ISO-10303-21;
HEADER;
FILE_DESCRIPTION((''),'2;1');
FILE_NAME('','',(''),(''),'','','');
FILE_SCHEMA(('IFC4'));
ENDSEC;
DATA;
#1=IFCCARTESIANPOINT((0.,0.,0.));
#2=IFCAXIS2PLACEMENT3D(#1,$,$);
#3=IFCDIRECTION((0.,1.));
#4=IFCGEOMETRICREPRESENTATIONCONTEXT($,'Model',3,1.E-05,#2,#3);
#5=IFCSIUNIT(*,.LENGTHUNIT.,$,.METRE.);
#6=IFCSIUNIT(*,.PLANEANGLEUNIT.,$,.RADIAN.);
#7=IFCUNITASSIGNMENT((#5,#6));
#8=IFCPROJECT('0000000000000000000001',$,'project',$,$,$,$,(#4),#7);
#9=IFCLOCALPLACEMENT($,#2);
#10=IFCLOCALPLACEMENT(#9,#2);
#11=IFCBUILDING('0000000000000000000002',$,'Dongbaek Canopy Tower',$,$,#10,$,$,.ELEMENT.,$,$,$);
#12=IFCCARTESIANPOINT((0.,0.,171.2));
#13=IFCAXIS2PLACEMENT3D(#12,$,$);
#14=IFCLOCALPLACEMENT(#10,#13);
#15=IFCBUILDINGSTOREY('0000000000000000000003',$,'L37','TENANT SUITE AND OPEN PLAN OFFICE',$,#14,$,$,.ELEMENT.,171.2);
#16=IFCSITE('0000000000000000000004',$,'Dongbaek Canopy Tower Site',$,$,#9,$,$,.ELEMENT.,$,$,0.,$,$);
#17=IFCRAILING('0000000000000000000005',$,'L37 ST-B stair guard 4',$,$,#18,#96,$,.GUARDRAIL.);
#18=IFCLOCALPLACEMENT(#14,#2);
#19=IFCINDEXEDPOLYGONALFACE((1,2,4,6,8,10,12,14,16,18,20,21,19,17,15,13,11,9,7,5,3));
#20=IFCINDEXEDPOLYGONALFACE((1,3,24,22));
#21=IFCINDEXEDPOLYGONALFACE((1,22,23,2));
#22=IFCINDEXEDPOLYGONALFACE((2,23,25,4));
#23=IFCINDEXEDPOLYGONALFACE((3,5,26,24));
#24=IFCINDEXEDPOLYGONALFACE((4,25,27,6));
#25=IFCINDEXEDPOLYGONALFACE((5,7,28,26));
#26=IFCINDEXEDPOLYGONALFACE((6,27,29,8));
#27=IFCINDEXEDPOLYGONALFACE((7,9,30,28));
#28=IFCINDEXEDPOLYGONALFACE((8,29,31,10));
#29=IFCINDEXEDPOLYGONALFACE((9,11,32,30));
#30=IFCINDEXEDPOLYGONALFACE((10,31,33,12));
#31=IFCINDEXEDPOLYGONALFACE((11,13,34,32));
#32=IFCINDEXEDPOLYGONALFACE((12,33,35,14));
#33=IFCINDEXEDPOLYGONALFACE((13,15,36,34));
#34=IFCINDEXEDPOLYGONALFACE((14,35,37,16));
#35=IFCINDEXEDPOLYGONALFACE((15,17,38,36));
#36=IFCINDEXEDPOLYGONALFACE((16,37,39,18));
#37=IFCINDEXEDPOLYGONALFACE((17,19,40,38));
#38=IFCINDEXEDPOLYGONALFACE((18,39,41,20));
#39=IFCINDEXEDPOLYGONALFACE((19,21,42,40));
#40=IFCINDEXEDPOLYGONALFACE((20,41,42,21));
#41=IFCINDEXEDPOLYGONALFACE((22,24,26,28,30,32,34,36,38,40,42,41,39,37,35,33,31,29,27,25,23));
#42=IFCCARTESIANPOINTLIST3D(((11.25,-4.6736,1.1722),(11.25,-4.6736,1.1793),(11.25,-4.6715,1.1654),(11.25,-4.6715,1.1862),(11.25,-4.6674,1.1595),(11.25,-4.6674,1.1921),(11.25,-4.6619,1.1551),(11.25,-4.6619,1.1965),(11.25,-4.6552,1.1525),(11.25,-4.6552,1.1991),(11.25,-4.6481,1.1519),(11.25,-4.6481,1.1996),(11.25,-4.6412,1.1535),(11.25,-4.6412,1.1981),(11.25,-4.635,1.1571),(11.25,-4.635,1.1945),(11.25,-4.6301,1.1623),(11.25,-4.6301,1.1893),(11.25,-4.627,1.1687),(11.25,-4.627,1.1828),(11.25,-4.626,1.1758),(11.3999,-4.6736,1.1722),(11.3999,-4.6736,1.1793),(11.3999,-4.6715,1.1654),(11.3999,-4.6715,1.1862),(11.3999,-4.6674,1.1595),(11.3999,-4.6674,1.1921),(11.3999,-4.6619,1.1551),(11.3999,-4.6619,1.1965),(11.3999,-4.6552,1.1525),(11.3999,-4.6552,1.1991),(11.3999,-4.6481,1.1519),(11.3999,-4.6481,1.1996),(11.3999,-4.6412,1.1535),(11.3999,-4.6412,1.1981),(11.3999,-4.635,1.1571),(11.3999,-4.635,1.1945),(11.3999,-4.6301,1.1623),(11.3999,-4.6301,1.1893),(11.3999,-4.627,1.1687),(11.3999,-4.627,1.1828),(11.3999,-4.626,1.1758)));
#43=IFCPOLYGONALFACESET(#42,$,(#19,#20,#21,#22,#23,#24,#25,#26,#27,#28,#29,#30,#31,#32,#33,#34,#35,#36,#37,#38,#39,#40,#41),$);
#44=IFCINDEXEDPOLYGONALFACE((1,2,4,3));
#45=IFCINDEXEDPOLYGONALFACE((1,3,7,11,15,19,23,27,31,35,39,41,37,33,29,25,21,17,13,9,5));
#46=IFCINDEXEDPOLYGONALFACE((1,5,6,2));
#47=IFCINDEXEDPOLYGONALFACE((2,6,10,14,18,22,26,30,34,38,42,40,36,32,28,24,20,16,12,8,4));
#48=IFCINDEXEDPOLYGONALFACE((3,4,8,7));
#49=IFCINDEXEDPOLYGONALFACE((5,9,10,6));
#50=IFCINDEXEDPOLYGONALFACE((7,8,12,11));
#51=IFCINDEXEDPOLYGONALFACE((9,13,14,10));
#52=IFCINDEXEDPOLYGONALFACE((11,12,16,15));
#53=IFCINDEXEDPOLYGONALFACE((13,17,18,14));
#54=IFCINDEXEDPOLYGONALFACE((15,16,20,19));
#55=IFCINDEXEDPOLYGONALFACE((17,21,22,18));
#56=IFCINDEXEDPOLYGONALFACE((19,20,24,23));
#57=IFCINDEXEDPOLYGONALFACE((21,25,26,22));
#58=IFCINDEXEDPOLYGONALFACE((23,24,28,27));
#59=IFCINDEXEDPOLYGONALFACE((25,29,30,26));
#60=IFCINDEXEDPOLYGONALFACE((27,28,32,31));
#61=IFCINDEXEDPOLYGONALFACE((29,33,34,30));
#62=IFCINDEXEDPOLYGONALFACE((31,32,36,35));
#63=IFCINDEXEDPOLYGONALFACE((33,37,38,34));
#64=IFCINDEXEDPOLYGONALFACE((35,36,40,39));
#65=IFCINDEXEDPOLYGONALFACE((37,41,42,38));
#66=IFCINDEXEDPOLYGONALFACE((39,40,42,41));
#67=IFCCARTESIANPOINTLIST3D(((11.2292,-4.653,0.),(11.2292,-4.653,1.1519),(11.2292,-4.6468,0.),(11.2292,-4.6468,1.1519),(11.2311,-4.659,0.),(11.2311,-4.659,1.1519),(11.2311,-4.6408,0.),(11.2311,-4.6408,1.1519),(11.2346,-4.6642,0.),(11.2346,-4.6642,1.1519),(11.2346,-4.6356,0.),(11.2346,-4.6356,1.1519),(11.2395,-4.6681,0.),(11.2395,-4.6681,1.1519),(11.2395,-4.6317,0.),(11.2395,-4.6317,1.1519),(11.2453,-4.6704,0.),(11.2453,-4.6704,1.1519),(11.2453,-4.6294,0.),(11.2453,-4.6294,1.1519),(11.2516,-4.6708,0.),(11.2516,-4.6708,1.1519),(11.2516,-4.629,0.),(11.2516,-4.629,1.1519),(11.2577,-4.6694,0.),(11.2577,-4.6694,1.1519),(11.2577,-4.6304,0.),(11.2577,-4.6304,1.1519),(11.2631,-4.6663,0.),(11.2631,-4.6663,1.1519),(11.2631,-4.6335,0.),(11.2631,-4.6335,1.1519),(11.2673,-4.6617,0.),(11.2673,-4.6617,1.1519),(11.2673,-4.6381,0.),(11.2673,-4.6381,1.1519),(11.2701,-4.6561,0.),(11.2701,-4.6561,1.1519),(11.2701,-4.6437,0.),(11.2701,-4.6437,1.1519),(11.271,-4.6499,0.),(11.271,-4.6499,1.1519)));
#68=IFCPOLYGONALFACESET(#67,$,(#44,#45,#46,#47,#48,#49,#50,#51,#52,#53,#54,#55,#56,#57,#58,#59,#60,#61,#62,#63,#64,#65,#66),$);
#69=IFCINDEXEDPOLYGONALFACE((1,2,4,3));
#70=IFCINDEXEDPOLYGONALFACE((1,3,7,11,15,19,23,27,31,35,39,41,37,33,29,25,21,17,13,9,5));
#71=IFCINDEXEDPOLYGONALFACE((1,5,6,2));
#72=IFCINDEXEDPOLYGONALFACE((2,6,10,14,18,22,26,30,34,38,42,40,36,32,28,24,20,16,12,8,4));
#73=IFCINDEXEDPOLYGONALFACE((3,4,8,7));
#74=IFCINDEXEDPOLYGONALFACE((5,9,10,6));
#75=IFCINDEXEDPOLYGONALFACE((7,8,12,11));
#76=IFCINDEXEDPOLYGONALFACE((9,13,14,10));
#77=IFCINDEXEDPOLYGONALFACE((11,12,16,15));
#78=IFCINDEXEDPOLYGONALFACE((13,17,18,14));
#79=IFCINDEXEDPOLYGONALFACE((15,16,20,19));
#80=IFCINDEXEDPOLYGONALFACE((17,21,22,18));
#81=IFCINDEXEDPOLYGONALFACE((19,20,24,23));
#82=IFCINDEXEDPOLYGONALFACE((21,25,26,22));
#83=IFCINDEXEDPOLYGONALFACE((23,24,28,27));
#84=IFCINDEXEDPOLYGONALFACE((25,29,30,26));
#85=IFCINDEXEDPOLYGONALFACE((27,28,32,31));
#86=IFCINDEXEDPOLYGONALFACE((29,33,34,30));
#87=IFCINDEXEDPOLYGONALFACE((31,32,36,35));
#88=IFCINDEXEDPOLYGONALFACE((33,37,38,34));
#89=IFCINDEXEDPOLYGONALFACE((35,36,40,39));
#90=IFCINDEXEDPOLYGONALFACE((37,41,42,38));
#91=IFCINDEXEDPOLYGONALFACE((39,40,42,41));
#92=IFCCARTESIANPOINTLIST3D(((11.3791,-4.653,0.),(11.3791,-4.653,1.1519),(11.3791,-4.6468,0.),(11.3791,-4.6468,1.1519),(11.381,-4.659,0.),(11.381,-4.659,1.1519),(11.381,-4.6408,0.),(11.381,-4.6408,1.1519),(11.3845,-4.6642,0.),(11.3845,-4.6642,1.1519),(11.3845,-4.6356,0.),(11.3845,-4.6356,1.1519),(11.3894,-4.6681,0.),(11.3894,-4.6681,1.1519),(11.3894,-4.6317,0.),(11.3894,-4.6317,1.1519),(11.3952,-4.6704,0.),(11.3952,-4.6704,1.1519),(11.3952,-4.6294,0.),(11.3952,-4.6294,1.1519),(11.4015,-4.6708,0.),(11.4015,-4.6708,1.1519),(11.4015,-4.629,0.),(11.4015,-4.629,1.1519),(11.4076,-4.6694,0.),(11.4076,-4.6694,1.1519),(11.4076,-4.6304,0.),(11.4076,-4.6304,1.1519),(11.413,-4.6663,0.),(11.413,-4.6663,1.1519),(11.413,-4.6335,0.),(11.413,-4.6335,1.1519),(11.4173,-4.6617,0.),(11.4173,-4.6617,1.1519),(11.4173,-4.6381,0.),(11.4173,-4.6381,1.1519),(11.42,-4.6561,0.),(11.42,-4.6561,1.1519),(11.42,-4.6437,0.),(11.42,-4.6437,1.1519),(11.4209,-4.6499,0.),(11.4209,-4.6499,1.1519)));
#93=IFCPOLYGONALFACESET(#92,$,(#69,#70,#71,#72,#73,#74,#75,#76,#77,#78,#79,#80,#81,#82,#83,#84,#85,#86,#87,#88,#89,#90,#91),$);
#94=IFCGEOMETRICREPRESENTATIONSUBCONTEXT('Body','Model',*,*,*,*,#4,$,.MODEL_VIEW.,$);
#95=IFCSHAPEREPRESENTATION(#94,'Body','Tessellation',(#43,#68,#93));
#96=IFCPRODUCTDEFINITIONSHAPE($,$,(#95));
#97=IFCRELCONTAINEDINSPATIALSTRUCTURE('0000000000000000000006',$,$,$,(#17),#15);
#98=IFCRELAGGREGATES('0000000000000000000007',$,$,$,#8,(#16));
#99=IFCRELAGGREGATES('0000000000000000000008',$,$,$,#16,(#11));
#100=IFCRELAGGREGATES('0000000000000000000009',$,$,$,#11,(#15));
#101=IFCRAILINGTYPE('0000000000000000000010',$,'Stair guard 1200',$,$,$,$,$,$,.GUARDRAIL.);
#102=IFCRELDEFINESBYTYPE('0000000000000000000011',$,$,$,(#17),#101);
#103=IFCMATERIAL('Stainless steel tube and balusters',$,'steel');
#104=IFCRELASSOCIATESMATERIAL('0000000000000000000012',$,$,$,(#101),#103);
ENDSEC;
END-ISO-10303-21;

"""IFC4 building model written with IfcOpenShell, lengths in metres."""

from ifc_helpers import new_model, si_unit, direction, frame, origin, origin_2d, place, context, subcontext, project, spatial, circle, extrude, material, type_object, element, save


model = new_model("IFC4")

# Units and contexts
model_context = context("Model", 3, precision=1e-05, world=origin(), true_north=direction((0.0, 1.0)))
body_context = subcontext(model_context, "Body", "Model", "MODEL_VIEW")
ifc_project = project(units=[si_unit("LENGTHUNIT", "METRE"), si_unit("PLANEANGLEUNIT", "RADIAN")], contexts=[model_context])

# Site, building, storey
site_placement = place(None, origin())
site = spatial("IfcSite", under=ifc_project, at=site_placement, Name="Dongbaek Canopy Tower Site", CompositionType="ELEMENT", RefElevation=0.0)
building_placement = place(site_placement, origin())
building = spatial("IfcBuilding", under=site, at=building_placement, Name="Dongbaek Canopy Tower", CompositionType="ELEMENT")
storey_placement = place(building_placement, frame((0.0, 0.0, 171.2)))
storey = spatial("IfcBuildingStorey", under=building, at=storey_placement, Name="L37", Description="TENANT SUITE AND OPEN PLAN OFFICE", CompositionType="ELEMENT", Elevation=171.2)

# Railing
ifc_material_1 = material(Name="Stainless steel tube and balusters", Category="steel")
railing_type_1 = type_object("IfcRailingType", Name="Stair guard 1200", PredefinedType="GUARDRAIL", material=ifc_material_1)
railing_1_placement = place(storey_placement, frame((11.25, -4.6499, 0.0)))
element("IfcRailing", 1, at=railing_1_placement, inside=storey, type_object=railing_type_1, Name="L37 ST-B stair guard 4", PredefinedType="GUARDRAIL", context=body_context, shape_type="SweptSolid", body=[
    extrude(circle(Radius=0.0239, at=origin_2d()), frame((0.0, 0.0, 1.1758), z_axis=(1.0, 0.0, 0.0), x_axis=(0.0, 1.0, 0.0)), (0.0, 0.0, 1.0), 0.1499),
    extrude(circle(Radius=0.021, at=origin_2d()), origin(), (0.0, 0.0, 1.0), 1.1519),
    extrude(circle(Radius=0.021, at=origin_2d()), frame((0.1499, 0.0, 0.0)), (0.0, 0.0, 1.0), 1.1519),
])

save(model, "model.ifc")
